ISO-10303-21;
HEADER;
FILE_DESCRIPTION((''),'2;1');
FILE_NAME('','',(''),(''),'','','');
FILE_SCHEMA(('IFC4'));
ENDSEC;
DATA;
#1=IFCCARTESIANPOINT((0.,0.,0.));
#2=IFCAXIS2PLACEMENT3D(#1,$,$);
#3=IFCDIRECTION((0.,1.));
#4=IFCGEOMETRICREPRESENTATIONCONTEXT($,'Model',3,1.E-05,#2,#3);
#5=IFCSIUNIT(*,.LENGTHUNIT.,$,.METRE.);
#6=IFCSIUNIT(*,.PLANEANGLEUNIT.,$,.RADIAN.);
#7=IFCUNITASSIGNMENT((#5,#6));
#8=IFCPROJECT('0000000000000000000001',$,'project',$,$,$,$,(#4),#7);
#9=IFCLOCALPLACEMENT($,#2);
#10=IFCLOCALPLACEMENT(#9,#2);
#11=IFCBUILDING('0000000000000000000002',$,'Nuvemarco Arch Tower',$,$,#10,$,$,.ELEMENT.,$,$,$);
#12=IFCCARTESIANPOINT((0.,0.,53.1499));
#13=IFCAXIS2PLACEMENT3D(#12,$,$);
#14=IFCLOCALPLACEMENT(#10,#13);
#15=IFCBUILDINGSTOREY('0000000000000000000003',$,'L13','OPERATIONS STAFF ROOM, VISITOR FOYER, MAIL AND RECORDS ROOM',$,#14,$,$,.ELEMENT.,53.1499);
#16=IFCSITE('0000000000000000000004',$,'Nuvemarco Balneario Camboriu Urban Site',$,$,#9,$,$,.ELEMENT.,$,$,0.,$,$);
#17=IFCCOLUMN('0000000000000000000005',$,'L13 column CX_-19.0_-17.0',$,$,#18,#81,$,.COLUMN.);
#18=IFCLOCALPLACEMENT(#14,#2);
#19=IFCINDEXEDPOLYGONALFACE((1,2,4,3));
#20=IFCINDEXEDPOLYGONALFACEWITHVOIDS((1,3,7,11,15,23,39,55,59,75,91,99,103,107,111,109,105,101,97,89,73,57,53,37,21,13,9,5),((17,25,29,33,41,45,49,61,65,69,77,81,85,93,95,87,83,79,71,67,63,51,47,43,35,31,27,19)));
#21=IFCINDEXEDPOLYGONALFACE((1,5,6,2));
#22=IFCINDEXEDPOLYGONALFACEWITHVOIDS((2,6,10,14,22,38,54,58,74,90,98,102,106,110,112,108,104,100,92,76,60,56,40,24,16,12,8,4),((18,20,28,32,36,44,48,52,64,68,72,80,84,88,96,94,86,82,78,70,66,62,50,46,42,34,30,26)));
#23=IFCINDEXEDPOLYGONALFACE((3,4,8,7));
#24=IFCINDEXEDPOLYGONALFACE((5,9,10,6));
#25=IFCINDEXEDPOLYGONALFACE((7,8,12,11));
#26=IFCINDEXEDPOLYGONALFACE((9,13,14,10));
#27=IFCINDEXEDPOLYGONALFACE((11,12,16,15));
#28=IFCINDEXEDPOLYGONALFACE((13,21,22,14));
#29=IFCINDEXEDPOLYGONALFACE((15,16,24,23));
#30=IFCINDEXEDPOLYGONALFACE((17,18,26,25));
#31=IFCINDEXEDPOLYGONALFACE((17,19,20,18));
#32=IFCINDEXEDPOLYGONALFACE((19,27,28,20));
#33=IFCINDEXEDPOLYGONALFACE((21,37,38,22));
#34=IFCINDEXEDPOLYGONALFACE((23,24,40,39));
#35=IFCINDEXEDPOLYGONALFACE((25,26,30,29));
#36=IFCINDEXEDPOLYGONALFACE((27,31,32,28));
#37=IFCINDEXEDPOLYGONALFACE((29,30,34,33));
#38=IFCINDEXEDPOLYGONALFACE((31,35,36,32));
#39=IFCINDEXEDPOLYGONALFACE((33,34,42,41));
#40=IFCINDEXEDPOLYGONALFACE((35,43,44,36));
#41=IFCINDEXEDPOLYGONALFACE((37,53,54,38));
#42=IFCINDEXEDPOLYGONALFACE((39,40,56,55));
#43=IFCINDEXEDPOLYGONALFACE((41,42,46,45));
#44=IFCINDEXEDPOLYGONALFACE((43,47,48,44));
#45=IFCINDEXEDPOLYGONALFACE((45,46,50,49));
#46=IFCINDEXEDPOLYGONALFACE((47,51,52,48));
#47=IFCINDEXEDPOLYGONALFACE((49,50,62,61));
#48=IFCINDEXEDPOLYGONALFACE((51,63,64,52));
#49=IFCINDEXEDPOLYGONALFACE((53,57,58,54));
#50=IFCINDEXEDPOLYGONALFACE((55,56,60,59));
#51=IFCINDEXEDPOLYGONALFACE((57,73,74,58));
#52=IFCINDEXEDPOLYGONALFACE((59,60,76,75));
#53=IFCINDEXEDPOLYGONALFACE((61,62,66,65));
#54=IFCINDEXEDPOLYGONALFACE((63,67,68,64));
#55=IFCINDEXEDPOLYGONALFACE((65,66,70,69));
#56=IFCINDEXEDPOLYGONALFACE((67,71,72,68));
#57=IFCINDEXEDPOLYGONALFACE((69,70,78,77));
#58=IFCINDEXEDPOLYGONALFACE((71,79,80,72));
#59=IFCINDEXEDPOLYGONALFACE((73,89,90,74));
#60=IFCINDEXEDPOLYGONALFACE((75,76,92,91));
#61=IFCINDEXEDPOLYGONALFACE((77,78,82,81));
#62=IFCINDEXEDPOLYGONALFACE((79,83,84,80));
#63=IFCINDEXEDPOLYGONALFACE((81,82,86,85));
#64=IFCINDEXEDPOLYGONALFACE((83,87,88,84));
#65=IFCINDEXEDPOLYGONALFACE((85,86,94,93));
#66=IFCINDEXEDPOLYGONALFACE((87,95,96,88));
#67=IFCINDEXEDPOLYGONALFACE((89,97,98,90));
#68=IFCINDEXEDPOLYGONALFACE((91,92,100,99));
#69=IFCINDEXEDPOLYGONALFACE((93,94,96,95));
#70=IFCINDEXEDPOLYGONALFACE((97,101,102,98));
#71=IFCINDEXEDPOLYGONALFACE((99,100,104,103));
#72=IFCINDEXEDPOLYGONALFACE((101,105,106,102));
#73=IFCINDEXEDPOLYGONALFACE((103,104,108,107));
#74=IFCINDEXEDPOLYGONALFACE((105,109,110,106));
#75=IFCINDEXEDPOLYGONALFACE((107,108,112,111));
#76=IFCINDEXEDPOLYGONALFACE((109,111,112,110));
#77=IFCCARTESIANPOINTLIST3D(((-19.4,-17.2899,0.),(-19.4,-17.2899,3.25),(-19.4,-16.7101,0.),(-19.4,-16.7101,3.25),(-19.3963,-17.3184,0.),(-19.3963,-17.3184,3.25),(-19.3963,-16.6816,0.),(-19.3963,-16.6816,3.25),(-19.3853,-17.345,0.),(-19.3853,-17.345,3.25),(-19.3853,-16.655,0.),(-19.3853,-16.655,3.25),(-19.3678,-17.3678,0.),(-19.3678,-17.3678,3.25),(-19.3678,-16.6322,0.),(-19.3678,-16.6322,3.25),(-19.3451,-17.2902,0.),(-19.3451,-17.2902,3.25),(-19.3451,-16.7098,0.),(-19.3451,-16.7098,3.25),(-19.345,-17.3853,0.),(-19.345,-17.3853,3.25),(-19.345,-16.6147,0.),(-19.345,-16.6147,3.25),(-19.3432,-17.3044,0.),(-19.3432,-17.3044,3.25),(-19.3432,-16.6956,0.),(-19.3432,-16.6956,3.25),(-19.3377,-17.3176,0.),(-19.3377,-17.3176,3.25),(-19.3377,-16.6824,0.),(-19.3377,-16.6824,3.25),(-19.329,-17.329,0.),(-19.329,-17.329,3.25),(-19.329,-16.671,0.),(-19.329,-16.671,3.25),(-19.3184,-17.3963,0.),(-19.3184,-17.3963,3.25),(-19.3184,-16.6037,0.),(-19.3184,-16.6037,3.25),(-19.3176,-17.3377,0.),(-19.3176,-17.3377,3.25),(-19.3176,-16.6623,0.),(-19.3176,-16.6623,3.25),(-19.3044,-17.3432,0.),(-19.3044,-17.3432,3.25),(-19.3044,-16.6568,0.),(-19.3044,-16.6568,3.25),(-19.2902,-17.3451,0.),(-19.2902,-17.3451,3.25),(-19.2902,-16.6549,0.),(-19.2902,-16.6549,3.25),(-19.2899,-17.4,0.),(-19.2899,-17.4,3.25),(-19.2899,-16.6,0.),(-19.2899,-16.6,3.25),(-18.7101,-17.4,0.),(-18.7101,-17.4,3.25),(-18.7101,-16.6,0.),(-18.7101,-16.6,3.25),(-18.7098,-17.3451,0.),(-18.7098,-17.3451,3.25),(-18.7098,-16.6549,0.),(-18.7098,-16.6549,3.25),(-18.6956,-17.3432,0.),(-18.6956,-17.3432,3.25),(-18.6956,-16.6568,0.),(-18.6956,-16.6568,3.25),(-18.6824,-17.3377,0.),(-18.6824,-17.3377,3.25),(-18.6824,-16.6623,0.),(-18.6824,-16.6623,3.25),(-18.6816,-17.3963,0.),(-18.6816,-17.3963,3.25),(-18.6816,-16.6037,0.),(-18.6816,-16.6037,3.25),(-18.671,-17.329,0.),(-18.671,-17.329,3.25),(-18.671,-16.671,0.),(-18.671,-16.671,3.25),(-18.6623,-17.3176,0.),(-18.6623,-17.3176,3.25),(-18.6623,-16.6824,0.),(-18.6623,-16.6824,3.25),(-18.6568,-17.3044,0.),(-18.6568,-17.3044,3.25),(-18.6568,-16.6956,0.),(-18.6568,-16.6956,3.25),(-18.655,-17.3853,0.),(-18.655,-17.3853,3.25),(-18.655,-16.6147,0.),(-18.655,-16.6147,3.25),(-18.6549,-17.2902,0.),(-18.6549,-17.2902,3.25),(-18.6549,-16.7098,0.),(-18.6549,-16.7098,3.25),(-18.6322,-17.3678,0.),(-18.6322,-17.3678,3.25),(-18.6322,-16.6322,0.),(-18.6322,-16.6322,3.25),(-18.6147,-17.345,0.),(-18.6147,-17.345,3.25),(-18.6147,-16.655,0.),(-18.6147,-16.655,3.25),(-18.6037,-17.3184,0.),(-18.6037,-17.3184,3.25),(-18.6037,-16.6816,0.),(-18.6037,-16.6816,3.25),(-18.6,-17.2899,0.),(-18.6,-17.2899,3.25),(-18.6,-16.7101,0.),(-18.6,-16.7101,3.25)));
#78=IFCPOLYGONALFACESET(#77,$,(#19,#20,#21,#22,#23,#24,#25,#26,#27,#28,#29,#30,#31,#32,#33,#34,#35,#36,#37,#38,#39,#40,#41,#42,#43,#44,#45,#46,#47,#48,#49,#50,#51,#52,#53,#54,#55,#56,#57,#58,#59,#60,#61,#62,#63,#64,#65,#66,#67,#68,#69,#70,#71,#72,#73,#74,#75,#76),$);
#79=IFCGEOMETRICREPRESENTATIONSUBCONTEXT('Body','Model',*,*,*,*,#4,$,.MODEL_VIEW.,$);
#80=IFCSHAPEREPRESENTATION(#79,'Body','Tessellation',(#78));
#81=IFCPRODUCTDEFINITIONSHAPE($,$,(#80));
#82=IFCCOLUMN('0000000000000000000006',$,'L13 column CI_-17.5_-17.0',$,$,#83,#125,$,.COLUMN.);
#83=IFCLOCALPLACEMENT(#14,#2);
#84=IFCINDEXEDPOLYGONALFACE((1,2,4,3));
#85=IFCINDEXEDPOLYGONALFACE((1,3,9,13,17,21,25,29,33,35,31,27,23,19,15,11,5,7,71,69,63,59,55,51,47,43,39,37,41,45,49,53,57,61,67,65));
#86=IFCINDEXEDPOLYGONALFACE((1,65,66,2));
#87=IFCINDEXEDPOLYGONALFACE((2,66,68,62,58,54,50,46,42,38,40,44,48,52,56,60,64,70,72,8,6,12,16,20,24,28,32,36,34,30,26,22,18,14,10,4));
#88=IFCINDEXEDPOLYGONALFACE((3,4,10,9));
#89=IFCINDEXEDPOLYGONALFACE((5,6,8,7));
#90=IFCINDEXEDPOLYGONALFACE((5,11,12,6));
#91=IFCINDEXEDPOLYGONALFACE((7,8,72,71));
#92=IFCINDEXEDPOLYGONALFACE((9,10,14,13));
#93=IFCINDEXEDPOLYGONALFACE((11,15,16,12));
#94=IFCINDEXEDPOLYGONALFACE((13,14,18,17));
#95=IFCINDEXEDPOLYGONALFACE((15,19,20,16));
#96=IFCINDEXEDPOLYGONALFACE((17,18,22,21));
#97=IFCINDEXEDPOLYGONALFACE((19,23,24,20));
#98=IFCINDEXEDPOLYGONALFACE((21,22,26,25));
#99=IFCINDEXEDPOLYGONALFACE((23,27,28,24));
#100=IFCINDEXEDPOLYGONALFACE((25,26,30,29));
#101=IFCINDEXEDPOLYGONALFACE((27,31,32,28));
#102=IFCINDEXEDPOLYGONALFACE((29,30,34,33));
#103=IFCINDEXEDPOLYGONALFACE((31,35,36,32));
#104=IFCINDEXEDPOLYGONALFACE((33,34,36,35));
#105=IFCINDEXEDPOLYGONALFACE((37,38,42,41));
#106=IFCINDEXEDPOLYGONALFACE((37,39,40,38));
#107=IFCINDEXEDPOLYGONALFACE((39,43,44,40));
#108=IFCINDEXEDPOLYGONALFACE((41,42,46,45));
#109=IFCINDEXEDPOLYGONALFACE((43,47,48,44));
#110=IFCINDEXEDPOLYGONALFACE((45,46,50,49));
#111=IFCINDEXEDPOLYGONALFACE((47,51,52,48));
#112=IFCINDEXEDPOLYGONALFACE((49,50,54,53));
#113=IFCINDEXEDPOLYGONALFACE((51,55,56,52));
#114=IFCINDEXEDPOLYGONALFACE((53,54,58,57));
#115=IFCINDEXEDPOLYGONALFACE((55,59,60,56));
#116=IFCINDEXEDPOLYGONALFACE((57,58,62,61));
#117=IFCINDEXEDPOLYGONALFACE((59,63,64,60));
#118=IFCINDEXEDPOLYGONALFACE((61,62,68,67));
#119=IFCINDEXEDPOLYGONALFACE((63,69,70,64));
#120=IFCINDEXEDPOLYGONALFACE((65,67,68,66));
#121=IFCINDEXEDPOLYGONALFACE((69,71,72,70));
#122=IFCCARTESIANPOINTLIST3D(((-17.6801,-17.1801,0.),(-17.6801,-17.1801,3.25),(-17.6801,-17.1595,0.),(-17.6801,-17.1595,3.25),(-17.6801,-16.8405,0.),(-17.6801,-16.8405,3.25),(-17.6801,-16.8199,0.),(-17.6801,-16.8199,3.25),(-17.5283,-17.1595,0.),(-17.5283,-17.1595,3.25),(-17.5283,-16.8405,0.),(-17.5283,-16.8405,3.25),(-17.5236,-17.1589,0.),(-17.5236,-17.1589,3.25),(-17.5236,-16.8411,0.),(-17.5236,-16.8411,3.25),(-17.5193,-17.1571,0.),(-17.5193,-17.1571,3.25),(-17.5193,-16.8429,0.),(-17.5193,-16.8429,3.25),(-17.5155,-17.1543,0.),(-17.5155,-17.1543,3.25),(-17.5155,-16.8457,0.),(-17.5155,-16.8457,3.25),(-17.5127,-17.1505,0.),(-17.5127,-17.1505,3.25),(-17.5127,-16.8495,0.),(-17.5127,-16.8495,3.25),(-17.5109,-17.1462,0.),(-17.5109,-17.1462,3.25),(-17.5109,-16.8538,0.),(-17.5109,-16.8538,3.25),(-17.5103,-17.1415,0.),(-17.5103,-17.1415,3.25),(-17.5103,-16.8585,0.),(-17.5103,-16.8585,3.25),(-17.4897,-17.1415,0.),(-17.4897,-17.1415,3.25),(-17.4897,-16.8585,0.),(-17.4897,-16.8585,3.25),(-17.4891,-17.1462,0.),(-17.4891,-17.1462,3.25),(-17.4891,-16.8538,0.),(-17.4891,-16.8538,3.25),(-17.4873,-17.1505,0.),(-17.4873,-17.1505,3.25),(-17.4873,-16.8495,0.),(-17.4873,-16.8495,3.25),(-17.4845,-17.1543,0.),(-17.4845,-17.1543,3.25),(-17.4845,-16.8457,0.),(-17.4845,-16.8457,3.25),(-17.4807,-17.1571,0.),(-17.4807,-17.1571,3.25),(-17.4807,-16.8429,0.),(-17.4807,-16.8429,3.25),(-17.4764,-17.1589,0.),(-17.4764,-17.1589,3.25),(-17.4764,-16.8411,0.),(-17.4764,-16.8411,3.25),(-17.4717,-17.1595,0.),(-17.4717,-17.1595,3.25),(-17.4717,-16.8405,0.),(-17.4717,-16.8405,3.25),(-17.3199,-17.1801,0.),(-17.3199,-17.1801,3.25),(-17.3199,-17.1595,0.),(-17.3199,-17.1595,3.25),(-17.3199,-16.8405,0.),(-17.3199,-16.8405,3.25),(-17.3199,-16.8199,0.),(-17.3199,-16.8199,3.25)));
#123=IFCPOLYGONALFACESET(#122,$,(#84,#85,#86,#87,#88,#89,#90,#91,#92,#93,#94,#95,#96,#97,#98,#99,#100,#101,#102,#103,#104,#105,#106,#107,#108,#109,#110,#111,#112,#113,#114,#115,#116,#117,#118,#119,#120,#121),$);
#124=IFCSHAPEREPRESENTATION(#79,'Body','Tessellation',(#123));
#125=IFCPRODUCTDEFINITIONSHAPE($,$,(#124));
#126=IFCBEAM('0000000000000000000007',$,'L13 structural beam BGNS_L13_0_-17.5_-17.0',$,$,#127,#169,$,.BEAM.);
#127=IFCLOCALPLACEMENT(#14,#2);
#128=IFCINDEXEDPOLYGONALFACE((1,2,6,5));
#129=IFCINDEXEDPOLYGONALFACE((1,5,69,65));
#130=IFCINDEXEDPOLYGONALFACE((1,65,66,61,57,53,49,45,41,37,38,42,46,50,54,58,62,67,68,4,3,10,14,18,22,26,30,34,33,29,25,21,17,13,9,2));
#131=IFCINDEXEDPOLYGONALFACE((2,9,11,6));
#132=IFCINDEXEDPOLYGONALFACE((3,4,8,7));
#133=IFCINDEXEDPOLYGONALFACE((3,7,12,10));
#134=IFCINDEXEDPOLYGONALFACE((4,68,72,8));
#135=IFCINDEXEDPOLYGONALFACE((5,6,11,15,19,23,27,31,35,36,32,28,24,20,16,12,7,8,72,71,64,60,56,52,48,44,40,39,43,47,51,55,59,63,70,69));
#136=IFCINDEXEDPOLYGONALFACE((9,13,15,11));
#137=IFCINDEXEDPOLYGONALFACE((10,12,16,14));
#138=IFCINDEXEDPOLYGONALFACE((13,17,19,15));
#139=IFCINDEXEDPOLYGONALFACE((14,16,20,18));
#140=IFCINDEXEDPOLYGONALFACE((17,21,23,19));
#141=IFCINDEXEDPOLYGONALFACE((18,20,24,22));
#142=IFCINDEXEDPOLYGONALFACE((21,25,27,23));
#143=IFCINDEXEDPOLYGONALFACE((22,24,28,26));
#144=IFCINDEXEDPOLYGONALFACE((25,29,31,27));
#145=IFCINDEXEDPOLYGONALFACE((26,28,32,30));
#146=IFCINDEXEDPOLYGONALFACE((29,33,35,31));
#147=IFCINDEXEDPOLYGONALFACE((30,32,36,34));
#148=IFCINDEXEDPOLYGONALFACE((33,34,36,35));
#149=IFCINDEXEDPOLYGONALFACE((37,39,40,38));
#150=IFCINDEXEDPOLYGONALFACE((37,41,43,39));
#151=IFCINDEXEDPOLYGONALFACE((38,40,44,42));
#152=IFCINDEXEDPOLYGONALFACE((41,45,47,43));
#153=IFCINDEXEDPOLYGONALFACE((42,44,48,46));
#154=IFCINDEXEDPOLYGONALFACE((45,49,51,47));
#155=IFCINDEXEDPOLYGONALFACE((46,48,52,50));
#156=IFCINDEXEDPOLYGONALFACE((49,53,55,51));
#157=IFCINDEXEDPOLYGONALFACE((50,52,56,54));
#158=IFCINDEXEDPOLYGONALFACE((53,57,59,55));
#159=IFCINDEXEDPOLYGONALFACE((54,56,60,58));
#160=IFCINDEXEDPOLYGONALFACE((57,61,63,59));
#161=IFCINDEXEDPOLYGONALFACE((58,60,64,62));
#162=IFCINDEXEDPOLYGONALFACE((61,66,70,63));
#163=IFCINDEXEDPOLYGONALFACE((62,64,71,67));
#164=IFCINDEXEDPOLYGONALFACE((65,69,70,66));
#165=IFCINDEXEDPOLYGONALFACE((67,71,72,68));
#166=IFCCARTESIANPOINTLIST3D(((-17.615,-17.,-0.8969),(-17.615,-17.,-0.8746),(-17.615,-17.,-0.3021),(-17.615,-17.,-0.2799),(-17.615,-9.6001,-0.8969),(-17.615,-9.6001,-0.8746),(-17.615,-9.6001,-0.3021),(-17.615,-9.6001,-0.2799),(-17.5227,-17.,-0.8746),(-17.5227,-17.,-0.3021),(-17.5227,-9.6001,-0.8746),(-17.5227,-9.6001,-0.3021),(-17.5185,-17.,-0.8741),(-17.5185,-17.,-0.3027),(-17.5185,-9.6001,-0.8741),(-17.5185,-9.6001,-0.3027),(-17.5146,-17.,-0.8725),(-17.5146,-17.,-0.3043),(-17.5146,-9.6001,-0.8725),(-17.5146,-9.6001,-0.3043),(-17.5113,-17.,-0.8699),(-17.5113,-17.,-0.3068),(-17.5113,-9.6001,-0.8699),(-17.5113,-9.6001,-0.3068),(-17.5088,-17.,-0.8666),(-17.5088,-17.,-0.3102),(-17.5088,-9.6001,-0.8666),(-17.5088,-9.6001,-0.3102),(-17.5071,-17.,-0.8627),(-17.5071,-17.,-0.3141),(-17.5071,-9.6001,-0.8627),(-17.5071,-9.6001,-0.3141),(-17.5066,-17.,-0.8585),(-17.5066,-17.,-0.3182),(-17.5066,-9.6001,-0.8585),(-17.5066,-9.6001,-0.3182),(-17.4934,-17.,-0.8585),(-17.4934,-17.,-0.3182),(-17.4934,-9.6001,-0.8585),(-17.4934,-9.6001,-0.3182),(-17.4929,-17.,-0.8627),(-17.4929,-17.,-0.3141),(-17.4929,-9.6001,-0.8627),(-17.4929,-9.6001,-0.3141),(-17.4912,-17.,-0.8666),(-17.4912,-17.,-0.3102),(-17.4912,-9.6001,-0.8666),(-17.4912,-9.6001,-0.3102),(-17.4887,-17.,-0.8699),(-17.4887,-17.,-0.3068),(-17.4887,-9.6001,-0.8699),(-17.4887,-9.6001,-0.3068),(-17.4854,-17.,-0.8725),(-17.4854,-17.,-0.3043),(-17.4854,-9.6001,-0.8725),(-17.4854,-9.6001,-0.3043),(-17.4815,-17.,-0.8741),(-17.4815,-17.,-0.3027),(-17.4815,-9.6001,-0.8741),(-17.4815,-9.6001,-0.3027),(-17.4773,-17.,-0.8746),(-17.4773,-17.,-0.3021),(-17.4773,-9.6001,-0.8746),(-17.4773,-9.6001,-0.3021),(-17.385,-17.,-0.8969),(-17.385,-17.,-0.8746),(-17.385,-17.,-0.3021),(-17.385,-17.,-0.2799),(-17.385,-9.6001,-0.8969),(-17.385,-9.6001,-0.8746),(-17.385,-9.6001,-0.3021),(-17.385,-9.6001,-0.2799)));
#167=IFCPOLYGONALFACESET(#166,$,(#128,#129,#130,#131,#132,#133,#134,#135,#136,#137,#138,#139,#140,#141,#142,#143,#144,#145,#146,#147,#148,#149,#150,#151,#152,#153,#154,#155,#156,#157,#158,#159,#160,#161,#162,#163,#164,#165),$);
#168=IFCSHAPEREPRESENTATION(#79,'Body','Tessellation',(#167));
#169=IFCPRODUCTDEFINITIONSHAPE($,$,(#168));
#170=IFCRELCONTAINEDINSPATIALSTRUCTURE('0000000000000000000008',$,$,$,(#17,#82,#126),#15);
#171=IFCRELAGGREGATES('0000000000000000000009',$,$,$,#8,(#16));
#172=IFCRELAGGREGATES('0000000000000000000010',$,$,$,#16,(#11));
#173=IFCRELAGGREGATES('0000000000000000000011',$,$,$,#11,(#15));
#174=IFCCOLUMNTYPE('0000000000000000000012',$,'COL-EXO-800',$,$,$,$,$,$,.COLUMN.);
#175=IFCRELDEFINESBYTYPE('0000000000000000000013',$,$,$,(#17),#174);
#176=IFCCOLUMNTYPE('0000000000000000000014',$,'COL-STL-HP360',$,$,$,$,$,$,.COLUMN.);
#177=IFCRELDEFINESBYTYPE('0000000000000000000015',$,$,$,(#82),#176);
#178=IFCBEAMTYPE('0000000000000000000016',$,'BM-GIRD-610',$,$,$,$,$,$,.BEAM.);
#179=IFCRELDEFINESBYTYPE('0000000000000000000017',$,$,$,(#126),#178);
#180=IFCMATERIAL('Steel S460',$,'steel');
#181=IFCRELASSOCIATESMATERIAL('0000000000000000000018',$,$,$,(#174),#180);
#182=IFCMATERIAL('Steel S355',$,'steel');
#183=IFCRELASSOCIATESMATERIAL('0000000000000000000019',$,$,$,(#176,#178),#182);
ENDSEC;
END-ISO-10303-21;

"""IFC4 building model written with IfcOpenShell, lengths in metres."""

from ifc_helpers import new_model, si_unit, direction, frame, origin, origin_2d, place, context, subcontext, project, spatial, hollow_rectangle, i_section, extrude, material, material_profile, profile_set, type_object, element, save


model = new_model("IFC4")

# Units and contexts
model_context = context("Model", 3, precision=1e-05, world=origin(), true_north=direction((0.0, 1.0)))
body_context = subcontext(model_context, "Body", "Model", "MODEL_VIEW")
ifc_project = project(units=[si_unit("LENGTHUNIT", "METRE"), si_unit("PLANEANGLEUNIT", "RADIAN")], contexts=[model_context])

# Site, building, storey
site_placement = place(None, origin())
site = spatial("IfcSite", under=ifc_project, at=site_placement, Name="Nuvemarco Balneario Camboriu Urban Site", CompositionType="ELEMENT", RefElevation=0.0)
building_placement = place(site_placement, origin())
building = spatial("IfcBuilding", under=site, at=building_placement, Name="Nuvemarco Arch Tower", CompositionType="ELEMENT")
storey_placement = place(building_placement, frame((0.0, 0.0, 53.1499)))
storey = spatial("IfcBuildingStorey", under=building, at=storey_placement, Name="L13", Description="OPERATIONS STAFF ROOM, VISITOR FOYER, MAIL AND RECORDS ROOM", CompositionType="ELEMENT", Elevation=53.1499)

# Columns
ifc_material_1 = material(Name="Steel S460", Category="steel")
ifc_material_profile_1 = material_profile(ifc_material_1, hollow_rectangle(XDim=0.8, YDim=0.8, WallThickness=0.0549, InnerFilletRadius=0.0549, OuterFilletRadius=0.1101, at=origin_2d()), Name="SHS800x800x55")
ifc_profile_set_1 = profile_set([ifc_material_profile_1], Name="Steel S460")
column_type_1 = type_object("IfcColumnType", Name="COL-EXO-800", PredefinedType="COLUMN", material=ifc_profile_set_1)
column_1_placement = place(storey_placement, frame((-19.0, -17.0, 0.0), z_axis=(0.0, 0.0, 1.0), x_axis=(1.0, 0.0, 0.0)))
element("IfcColumn", 1, at=column_1_placement, inside=storey, type_object=column_type_1, Name="L13 column CX_-19.0_-17.0", PredefinedType="COLUMN", context=body_context, shape_type="SweptSolid", body=[
    extrude(hollow_rectangle(XDim=0.8, YDim=0.8, WallThickness=0.0549, InnerFilletRadius=0.0549, OuterFilletRadius=0.1101, at=origin_2d()), origin(), (0.0, 0.0, 1.0), 3.25),
])
ifc_material_2 = material(Name="Steel S355", Category="steel")
ifc_material_profile_2 = material_profile(ifc_material_2, i_section(OverallWidth=0.3601, OverallDepth=0.3601, WebThickness=0.0205, FlangeThickness=0.0205, FilletRadius=0.0181, at=origin_2d()), Name="HP360x174")
ifc_profile_set_2 = profile_set([ifc_material_profile_2], Name="Steel S355")
column_type_2 = type_object("IfcColumnType", Name="COL-STL-HP360", PredefinedType="COLUMN", material=ifc_profile_set_2)
column_2_placement = place(storey_placement, frame((-17.5, -17.0, 0.0), z_axis=(0.0, 0.0, 1.0), x_axis=(1.0, 0.0, 0.0)))
element("IfcColumn", 2, at=column_2_placement, inside=storey, type_object=column_type_2, Name="L13 column CI_-17.5_-17.0", PredefinedType="COLUMN", context=body_context, shape_type="SweptSolid", body=[
    extrude(i_section(OverallWidth=0.3601, OverallDepth=0.3601, WebThickness=0.0205, FlangeThickness=0.0205, FilletRadius=0.0181, at=origin_2d()), origin(), (0.0, 0.0, 1.0), 3.25),
])

# Beam
ifc_material_profile_3 = material_profile(ifc_material_2, i_section(OverallWidth=0.23, OverallDepth=0.6169, WebThickness=0.0132, FlangeThickness=0.0222, FilletRadius=0.0161, at=origin_2d()), Name="W610x140")
ifc_profile_set_3 = profile_set([ifc_material_profile_3], Name="Steel S355")
beam_type_1 = type_object("IfcBeamType", Name="BM-GIRD-610", PredefinedType="BEAM", material=ifc_profile_set_3)
beam_1_placement = place(storey_placement, frame((-17.5, -17.0, -0.5884), z_axis=(0.0, 1.0, 0.0), x_axis=(-1.0, 0.0, 0.0)))
element("IfcBeam", 3, at=beam_1_placement, inside=storey, type_object=beam_type_1, Name="L13 structural beam BGNS_L13_0_-17.5_-17.0", PredefinedType="BEAM", context=body_context, shape_type="SweptSolid", body=[
    extrude(i_section(OverallWidth=0.23, OverallDepth=0.6169, WebThickness=0.0132, FlangeThickness=0.0222, FilletRadius=0.0161, at=origin_2d()), origin(), (0.0, 0.0, 1.0), 7.3999),
])

save(model, "model.ifc")
